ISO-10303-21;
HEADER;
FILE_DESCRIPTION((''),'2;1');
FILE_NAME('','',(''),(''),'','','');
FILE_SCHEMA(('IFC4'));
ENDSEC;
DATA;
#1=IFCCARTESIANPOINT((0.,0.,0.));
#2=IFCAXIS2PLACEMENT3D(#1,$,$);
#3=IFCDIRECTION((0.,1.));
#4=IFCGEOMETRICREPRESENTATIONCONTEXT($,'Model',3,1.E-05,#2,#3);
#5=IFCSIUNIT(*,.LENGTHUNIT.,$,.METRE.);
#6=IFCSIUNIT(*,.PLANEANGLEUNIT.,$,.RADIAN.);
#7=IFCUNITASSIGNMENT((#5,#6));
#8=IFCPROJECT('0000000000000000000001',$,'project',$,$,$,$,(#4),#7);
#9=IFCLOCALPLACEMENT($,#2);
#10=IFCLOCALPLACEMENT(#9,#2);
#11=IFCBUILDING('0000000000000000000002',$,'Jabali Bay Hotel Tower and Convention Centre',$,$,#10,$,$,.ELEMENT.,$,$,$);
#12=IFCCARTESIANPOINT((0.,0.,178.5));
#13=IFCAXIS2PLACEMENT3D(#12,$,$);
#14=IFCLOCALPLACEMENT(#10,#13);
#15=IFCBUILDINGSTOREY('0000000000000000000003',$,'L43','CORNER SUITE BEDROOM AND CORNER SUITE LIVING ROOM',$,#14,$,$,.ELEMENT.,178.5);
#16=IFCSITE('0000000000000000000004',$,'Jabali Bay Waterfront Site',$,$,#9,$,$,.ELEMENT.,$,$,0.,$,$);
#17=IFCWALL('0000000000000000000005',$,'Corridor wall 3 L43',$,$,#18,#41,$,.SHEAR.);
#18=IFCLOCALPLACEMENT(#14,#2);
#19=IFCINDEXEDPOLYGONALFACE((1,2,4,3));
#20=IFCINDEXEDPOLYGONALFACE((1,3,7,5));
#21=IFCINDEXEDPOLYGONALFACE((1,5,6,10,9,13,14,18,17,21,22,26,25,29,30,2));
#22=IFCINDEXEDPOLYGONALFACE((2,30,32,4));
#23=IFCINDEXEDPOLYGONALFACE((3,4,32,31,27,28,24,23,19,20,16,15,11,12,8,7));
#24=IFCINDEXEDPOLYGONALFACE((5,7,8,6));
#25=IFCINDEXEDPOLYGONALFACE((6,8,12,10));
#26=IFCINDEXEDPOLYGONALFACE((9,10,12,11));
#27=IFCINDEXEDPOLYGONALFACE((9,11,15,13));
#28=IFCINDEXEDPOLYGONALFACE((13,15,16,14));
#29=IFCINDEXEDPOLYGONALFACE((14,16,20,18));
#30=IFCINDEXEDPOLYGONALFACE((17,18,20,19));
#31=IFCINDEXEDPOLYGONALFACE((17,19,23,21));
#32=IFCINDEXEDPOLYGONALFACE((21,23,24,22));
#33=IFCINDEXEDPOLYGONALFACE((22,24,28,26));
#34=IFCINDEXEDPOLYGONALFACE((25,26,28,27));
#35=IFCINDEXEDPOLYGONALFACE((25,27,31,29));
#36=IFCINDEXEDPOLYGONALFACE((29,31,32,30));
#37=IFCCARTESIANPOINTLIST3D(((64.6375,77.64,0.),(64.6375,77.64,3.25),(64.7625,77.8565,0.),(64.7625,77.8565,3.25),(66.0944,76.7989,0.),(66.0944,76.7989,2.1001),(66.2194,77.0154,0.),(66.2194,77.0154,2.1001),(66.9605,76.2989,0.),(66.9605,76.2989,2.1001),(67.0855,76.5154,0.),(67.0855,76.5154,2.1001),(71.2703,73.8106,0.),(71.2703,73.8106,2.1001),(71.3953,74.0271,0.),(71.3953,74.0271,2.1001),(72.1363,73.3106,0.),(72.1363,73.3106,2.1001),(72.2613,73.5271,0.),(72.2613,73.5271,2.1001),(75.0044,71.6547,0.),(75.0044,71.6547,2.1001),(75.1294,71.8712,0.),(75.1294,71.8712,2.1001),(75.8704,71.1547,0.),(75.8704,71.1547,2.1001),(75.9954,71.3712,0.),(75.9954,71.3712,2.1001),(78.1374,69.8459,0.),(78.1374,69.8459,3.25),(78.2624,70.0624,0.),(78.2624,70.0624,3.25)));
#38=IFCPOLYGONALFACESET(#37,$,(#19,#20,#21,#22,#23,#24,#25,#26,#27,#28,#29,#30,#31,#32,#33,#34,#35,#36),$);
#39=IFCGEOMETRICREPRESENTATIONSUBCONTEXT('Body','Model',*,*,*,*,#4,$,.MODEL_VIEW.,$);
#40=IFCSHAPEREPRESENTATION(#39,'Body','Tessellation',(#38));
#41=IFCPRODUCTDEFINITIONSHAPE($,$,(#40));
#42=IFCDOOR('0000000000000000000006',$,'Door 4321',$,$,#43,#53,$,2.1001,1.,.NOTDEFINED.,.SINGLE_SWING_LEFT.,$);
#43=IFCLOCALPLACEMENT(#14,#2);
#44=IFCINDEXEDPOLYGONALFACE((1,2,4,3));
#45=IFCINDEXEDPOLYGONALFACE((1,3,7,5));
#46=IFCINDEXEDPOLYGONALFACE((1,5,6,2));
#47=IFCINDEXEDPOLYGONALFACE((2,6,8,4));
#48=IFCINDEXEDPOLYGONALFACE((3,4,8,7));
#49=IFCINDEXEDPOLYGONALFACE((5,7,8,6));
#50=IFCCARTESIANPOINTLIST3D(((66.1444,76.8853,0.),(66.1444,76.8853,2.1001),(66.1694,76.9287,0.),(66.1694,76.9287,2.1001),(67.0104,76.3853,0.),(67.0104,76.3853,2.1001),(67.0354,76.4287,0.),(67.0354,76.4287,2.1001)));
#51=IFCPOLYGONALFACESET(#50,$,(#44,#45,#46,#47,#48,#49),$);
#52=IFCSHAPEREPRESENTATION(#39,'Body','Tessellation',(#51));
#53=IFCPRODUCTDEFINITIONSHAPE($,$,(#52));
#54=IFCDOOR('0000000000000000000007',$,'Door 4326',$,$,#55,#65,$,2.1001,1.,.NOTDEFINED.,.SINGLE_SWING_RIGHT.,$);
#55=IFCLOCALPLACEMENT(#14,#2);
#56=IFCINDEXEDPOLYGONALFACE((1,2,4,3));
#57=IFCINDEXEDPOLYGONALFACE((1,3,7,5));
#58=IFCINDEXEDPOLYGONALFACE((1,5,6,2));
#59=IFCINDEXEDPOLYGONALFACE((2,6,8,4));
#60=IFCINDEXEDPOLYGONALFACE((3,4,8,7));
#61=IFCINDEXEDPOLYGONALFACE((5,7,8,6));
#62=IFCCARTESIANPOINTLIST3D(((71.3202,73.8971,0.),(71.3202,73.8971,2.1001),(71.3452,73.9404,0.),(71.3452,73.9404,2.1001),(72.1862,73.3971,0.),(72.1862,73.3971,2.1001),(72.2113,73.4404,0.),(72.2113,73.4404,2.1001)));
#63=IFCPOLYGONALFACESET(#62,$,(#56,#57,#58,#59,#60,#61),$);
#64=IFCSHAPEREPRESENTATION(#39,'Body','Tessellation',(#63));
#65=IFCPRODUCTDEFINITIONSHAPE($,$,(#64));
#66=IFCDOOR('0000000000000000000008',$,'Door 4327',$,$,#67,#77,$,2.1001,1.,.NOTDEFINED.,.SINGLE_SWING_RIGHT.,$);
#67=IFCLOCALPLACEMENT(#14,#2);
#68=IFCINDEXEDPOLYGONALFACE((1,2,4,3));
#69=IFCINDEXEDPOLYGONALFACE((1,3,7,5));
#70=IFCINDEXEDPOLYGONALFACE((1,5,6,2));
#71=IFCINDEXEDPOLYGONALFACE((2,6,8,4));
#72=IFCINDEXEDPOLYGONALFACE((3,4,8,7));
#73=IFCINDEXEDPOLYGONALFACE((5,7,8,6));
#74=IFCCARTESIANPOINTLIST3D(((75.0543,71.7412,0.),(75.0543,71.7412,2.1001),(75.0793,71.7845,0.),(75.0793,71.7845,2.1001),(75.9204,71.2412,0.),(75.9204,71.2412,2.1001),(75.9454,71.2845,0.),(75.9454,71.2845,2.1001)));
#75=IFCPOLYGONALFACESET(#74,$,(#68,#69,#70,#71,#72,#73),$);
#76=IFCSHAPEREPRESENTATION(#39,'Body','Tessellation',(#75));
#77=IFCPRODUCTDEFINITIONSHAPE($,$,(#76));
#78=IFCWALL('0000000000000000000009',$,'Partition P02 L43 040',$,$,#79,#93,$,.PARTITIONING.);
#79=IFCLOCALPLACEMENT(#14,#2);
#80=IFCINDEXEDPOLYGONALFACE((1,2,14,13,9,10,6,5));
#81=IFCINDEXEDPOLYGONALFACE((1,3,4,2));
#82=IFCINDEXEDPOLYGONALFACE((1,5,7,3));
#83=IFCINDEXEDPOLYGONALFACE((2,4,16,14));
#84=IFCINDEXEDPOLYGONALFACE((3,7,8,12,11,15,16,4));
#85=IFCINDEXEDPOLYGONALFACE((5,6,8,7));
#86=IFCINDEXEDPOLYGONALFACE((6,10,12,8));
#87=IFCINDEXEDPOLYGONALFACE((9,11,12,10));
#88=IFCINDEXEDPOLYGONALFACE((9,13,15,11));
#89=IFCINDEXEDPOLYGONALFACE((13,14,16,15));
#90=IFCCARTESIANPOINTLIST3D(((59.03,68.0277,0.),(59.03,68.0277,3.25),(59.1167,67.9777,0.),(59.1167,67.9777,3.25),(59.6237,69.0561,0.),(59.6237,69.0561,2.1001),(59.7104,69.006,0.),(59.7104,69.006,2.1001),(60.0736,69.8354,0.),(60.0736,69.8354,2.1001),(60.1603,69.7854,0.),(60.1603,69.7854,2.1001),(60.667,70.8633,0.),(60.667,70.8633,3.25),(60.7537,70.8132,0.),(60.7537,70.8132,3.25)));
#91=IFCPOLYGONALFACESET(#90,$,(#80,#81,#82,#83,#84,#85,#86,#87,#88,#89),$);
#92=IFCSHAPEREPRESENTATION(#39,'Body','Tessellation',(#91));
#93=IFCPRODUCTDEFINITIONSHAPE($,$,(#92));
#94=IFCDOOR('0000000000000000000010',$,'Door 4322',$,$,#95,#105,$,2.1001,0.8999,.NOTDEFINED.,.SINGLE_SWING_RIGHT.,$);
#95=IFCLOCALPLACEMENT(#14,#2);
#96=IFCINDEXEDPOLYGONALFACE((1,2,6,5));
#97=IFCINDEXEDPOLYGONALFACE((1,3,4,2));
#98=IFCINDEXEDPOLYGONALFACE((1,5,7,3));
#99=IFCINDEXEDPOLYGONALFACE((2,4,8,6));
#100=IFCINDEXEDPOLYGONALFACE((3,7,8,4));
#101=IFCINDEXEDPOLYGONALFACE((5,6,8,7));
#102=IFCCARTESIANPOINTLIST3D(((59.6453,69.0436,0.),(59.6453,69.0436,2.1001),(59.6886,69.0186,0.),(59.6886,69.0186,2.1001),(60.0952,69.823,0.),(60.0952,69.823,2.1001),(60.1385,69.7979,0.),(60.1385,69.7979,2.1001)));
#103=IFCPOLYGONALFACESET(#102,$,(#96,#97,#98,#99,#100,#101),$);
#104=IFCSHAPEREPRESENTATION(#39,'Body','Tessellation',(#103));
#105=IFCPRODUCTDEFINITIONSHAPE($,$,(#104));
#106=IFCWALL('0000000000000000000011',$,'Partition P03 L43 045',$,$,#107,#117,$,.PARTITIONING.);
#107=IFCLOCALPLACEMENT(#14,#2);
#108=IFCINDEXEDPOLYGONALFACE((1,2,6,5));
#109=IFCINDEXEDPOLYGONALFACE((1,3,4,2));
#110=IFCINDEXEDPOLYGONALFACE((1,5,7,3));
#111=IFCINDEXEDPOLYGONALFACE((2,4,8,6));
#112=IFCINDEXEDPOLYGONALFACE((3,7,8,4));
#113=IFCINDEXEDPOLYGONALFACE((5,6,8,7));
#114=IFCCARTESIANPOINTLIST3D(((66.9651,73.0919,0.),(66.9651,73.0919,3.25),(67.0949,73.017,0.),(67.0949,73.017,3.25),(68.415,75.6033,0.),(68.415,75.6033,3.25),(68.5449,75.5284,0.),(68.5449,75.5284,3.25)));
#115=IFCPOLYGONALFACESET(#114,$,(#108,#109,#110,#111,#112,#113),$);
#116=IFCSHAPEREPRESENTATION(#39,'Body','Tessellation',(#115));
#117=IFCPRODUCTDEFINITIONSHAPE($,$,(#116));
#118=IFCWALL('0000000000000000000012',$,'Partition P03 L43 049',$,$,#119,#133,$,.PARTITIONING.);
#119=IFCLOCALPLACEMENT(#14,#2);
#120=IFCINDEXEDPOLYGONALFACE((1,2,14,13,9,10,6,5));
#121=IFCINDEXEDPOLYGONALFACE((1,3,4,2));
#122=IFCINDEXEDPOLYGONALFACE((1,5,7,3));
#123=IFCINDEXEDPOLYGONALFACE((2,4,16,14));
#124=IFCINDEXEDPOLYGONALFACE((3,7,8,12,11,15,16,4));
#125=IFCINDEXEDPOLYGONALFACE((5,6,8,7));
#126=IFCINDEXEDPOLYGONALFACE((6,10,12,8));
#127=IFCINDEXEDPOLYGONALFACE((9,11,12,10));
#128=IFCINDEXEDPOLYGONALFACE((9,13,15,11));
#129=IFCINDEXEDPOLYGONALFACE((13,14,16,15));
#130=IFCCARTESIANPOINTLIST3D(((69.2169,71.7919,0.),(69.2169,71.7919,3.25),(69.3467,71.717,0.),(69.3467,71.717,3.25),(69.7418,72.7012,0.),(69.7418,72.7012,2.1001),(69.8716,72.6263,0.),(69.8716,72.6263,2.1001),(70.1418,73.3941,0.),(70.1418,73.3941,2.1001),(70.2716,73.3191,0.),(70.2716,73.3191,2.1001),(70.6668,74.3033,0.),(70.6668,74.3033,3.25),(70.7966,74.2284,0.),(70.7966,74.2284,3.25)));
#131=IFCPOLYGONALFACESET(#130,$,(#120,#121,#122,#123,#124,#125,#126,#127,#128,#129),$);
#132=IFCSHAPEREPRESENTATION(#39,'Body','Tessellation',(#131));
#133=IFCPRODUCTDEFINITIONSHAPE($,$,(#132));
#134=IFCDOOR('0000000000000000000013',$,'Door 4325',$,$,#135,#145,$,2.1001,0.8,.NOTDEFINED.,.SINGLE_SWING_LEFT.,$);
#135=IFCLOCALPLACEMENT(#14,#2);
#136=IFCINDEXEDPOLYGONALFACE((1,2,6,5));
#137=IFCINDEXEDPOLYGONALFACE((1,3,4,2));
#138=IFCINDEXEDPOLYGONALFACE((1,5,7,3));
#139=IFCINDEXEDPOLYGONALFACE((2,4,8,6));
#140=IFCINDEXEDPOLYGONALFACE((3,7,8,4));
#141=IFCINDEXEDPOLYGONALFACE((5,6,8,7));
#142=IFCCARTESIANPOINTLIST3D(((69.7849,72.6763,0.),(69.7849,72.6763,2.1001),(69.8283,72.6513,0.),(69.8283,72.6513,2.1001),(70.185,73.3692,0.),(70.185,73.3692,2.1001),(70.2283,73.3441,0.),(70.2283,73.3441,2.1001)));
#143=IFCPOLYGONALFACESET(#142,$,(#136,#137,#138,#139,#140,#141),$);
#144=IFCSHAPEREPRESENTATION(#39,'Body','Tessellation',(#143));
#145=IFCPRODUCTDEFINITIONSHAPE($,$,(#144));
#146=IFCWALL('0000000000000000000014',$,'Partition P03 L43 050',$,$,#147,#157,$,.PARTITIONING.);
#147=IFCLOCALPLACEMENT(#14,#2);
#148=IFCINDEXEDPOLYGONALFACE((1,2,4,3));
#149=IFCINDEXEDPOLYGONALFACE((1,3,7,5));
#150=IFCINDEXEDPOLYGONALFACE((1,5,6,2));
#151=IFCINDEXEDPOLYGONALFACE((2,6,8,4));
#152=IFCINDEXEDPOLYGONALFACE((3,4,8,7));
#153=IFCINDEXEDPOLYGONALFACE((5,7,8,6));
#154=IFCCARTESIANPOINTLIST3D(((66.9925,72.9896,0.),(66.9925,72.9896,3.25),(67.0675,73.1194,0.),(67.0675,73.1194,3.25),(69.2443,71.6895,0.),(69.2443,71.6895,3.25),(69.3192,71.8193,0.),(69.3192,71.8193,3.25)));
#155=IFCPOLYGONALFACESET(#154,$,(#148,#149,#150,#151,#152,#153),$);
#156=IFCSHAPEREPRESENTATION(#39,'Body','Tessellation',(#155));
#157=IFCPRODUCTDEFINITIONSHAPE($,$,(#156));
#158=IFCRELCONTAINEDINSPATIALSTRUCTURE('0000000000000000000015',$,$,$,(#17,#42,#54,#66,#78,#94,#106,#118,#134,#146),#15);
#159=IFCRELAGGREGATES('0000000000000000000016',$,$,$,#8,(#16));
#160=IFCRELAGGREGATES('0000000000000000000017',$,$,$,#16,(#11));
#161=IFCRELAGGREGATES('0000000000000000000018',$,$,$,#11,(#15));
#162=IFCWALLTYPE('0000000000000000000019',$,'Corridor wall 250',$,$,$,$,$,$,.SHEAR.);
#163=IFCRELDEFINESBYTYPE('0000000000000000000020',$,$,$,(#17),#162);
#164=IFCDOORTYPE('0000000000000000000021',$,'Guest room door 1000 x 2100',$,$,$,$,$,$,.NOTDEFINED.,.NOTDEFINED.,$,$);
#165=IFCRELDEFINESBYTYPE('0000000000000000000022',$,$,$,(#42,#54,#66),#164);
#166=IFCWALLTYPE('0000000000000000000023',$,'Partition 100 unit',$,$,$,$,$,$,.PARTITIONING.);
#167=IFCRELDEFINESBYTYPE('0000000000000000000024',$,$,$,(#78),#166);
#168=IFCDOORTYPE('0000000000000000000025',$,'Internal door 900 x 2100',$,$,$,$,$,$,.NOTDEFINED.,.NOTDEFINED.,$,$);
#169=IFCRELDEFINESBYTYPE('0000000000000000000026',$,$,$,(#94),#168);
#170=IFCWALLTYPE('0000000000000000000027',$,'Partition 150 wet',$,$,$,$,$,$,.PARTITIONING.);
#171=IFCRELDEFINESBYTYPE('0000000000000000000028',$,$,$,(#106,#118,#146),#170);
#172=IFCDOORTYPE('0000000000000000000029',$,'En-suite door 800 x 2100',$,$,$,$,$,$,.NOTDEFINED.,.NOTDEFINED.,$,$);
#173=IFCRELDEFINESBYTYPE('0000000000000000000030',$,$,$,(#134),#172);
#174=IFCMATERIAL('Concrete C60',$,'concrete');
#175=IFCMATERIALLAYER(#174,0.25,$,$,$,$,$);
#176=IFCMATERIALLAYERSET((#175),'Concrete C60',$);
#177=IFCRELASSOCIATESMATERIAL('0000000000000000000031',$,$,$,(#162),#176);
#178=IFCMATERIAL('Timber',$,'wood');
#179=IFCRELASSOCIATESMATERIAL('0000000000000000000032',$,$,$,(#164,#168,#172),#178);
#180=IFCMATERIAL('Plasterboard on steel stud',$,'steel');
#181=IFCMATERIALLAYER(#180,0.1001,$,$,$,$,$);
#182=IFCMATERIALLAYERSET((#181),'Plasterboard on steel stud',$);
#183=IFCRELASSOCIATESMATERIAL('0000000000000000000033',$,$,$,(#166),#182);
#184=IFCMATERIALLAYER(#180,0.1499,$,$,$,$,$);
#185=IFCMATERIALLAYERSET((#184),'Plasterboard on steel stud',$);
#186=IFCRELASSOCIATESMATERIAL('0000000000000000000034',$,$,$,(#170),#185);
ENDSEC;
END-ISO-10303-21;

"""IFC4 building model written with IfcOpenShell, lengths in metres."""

from ifc_helpers import new_model, si_unit, direction, frame, frame_2d, origin, place, context, subcontext, project, spatial, rectangle, extrude, material, layer, layer_set, type_object, element, fill, save


model = new_model("IFC4")

# Units and contexts
model_context = context("Model", 3, precision=1e-05, world=origin(), true_north=direction((0.0, 1.0)))
body_context = subcontext(model_context, "Body", "Model", "MODEL_VIEW")
ifc_project = project(units=[si_unit("LENGTHUNIT", "METRE"), si_unit("PLANEANGLEUNIT", "RADIAN")], contexts=[model_context])

# Site, building, storey
site_placement = place(None, origin())
site = spatial("IfcSite", under=ifc_project, at=site_placement, Name="Jabali Bay Waterfront Site", CompositionType="ELEMENT", RefElevation=0.0)
building_placement = place(site_placement, origin())
building = spatial("IfcBuilding", under=site, at=building_placement, Name="Jabali Bay Hotel Tower and Convention Centre", CompositionType="ELEMENT")
storey_placement = place(building_placement, frame((0.0, 0.0, 178.5)))
storey = spatial("IfcBuildingStorey", under=building, at=storey_placement, Name="L43", Description="CORNER SUITE BEDROOM AND CORNER SUITE LIVING ROOM", CompositionType="ELEMENT", Elevation=178.5)

# Shared definitions
ifc_material_1 = material(Name="Concrete C60", Category="concrete")

# Wall, openings, doors
ifc_layer_1 = layer(ifc_material_1, 0.25)
ifc_layer_set_1 = layer_set([ifc_layer_1], Name="Concrete C60")
wall_type_1 = type_object("IfcWallType", Name="Corridor wall 250", PredefinedType="SHEAR", material=ifc_layer_set_1)
wall_1_placement = place(storey_placement, frame((64.7, 77.7483, 0.0), z_axis=(0.0, 0.0, 1.0), x_axis=(0.866026, -0.499998, 0.0)))
wall_1 = element("IfcWall", 1, at=wall_1_placement, inside=storey, type_object=wall_type_1, Name="Corridor wall 3 L43", PredefinedType="SHEAR", context=body_context, shape_type="SweptSolid", body=[
    extrude(rectangle(XDim=15.5884, YDim=0.25, at=frame_2d((7.7942, 0.0))), origin(), (0.0, 0.0, 1.0), 3.25),
])
opening_1_placement = place(wall_1_placement, frame((1.6824, 0.0, 0.0)))
opening_1 = element("IfcOpeningElement", 2, at=opening_1_placement, cuts=wall_1, PredefinedType="OPENING", context=body_context, shape_type="SweptSolid", body=[
    extrude(rectangle(XDim=1.0, YDim=2.1001, at=frame_2d((0.5, 1.05))), frame((0.0, 0.1355, 0.0), z_axis=(0.0, -1.0, 0.0), x_axis=(1.0, 0.0, 0.0)), (0.0, 0.0, 1.0), 0.271),
])
opening_2_placement = place(wall_1_placement, frame((7.6589, 0.0, 0.0)))
opening_2 = element("IfcOpeningElement", 3, at=opening_2_placement, cuts=wall_1, PredefinedType="OPENING", context=body_context, shape_type="SweptSolid", body=[
    extrude(rectangle(XDim=1.0, YDim=2.1001, at=frame_2d((0.5, 1.05))), frame((0.0, 0.1355, 0.0), z_axis=(0.0, -1.0, 0.0), x_axis=(1.0, 0.0, 0.0)), (0.0, 0.0, 1.0), 0.271),
])
opening_3_placement = place(wall_1_placement, frame((11.9707, 0.0, 0.0)))
opening_3 = element("IfcOpeningElement", 4, at=opening_3_placement, cuts=wall_1, PredefinedType="OPENING", context=body_context, shape_type="SweptSolid", body=[
    extrude(rectangle(XDim=1.0, YDim=2.1001, at=frame_2d((0.5, 1.05))), frame((0.0, 0.1355, 0.0), z_axis=(0.0, -1.0, 0.0), x_axis=(1.0, 0.0, 0.0)), (0.0, 0.0, 1.0), 0.271),
])
ifc_material_2 = material(Name="Timber", Category="wood")
door_type_1 = type_object("IfcDoorType", Name="Guest room door 1000 x 2100", OperationType="NOTDEFINED", PredefinedType="NOTDEFINED", material=ifc_material_2)
door_1_placement = place(opening_1_placement, origin())
door_1 = element("IfcDoor", 5, at=door_1_placement, inside=storey, type_object=door_type_1, Name="Door 4321", OperationType="SINGLE_SWING_LEFT", OverallHeight=2.1001, OverallWidth=1.0, PredefinedType="NOTDEFINED", context=body_context, shape_type="SweptSolid", body=[
    extrude(rectangle(XDim=1.0, YDim=2.1001, at=frame_2d((0.5, 1.05))), frame((0.0, 0.0249, 0.0), z_axis=(0.0, -1.0, 0.0), x_axis=(1.0, 0.0, 0.0)), (0.0, 0.0, 1.0), 0.05),
])
fill(opening_1, door_1)
door_2_placement = place(opening_2_placement, origin())
door_2 = element("IfcDoor", 6, at=door_2_placement, inside=storey, type_object=door_type_1, Name="Door 4326", OperationType="SINGLE_SWING_RIGHT", OverallHeight=2.1001, OverallWidth=1.0, PredefinedType="NOTDEFINED", context=body_context, shape_type="SweptSolid", body=[
    extrude(rectangle(XDim=1.0, YDim=2.1001, at=frame_2d((0.5, 1.05))), frame((0.0, 0.0249, 0.0), z_axis=(0.0, -1.0, 0.0), x_axis=(1.0, 0.0, 0.0)), (0.0, 0.0, 1.0), 0.05),
])
fill(opening_2, door_2)
door_3_placement = place(opening_3_placement, origin())
door_3 = element("IfcDoor", 7, at=door_3_placement, inside=storey, type_object=door_type_1, Name="Door 4327", OperationType="SINGLE_SWING_RIGHT", OverallHeight=2.1001, OverallWidth=1.0, PredefinedType="NOTDEFINED", context=body_context, shape_type="SweptSolid", body=[
    extrude(rectangle(XDim=1.0, YDim=2.1001, at=frame_2d((0.5, 1.05))), frame((0.0, 0.0249, 0.0), z_axis=(0.0, -1.0, 0.0), x_axis=(1.0, 0.0, 0.0)), (0.0, 0.0, 1.0), 0.05),
])
fill(opening_3, door_3)

# Wall, opening, door
ifc_material_3 = material(Name="Plasterboard on steel stud", Category="steel")
ifc_layer_2 = layer(ifc_material_3, 0.1001)
ifc_layer_set_2 = layer_set([ifc_layer_2], Name="Plasterboard on steel stud")
wall_type_2 = type_object("IfcWallType", Name="Partition 100 unit", PredefinedType="PARTITIONING", material=ifc_layer_set_2)
wall_2_placement = place(storey_placement, frame((60.7104, 70.8384, 0.0), z_axis=(0.0, 0.0, 1.0), x_axis=(-0.499981, -0.866037, 0.0)))
wall_2 = element("IfcWall", 8, at=wall_2_placement, inside=storey, type_object=wall_type_2, Name="Partition P02 L43 040", PredefinedType="PARTITIONING", context=body_context, shape_type="SweptSolid", body=[
    extrude(rectangle(XDim=3.2742, YDim=0.1001, at=frame_2d((1.6372, 0.0))), origin(), (0.0, 0.0, 1.0), 3.25),
])
opening_4_placement = place(wall_2_placement, frame((1.187, 0.0, 0.0)))
opening_4 = element("IfcOpeningElement", 9, at=opening_4_placement, cuts=wall_2, PredefinedType="OPENING", context=body_context, shape_type="SweptSolid", body=[
    extrude(rectangle(XDim=0.8999, YDim=2.1001, at=frame_2d((0.45, 1.05))), frame((0.0, 0.0605, 0.0), z_axis=(0.0, -1.0, 0.0), x_axis=(1.0, 0.0, 0.0)), (0.0, 0.0, 1.0), 0.1211),
])
door_type_2 = type_object("IfcDoorType", Name="Internal door 900 x 2100", OperationType="NOTDEFINED", PredefinedType="NOTDEFINED", material=ifc_material_2)
door_4_placement = place(opening_4_placement, origin())
door_4 = element("IfcDoor", 10, at=door_4_placement, inside=storey, type_object=door_type_2, Name="Door 4322", OperationType="SINGLE_SWING_RIGHT", OverallHeight=2.1001, OverallWidth=0.8999, PredefinedType="NOTDEFINED", context=body_context, shape_type="SweptSolid", body=[
    extrude(rectangle(XDim=0.8999, YDim=2.1001, at=frame_2d((0.45, 1.05))), frame((0.0, 0.0249, 0.0), z_axis=(0.0, -1.0, 0.0), x_axis=(1.0, 0.0, 0.0)), (0.0, 0.0, 1.0), 0.05),
])
fill(opening_4, door_4)

# Wall
ifc_layer_3 = layer(ifc_material_3, 0.1499)
ifc_layer_set_3 = layer_set([ifc_layer_3], Name="Plasterboard on steel stud")
wall_type_3 = type_object("IfcWallType", Name="Partition 150 wet", PredefinedType="PARTITIONING", material=ifc_layer_set_3)
wall_3_placement = place(storey_placement, frame((67.03, 73.0544, 0.0), z_axis=(0.0, 0.0, 1.0), x_axis=(0.499987, 0.866033, 0.0)))
element("IfcWall", 11, at=wall_3_placement, inside=storey, type_object=wall_type_3, Name="Partition P03 L43 045", PredefinedType="PARTITIONING", context=body_context, shape_type="SweptSolid", body=[
    extrude(rectangle(XDim=2.8999, YDim=0.1499, at=frame_2d((1.45, 0.0))), origin(), (0.0, 0.0, 1.0), 3.25),
])

# Wall, opening, door
wall_4_placement = place(storey_placement, frame((70.7317, 74.2659, 0.0), z_axis=(0.0, 0.0, 1.0), x_axis=(-0.499987, -0.866033, 0.0)))
wall_4 = element("IfcWall", 12, at=wall_4_placement, inside=storey, type_object=wall_type_3, Name="Partition P03 L43 049", PredefinedType="PARTITIONING", context=body_context, shape_type="SweptSolid", body=[
    extrude(rectangle(XDim=2.8999, YDim=0.1499, at=frame_2d((1.45, 0.0))), origin(), (0.0, 0.0, 1.0), 3.25),
])
opening_5_placement = place(wall_4_placement, frame((1.05, 0.0, 0.0)))
opening_5 = element("IfcOpeningElement", 13, at=opening_5_placement, cuts=wall_4, PredefinedType="OPENING", context=body_context, shape_type="SweptSolid", body=[
    extrude(rectangle(XDim=0.8, YDim=2.1001, at=frame_2d((0.3999, 1.05))), frame((0.0, 0.0854, 0.0), z_axis=(0.0, -1.0, 0.0), x_axis=(1.0, 0.0, 0.0)), (0.0, 0.0, 1.0), 0.1709),
])
door_type_3 = type_object("IfcDoorType", Name="En-suite door 800 x 2100", OperationType="NOTDEFINED", PredefinedType="NOTDEFINED", material=ifc_material_2)
door_5_placement = place(opening_5_placement, origin())
door_5 = element("IfcDoor", 14, at=door_5_placement, inside=storey, type_object=door_type_3, Name="Door 4325", OperationType="SINGLE_SWING_LEFT", OverallHeight=2.1001, OverallWidth=0.8, PredefinedType="NOTDEFINED", context=body_context, shape_type="SweptSolid", body=[
    extrude(rectangle(XDim=0.8, YDim=2.1001, at=frame_2d((0.3999, 1.05))), frame((0.0, 0.0249, 0.0), z_axis=(0.0, -1.0, 0.0), x_axis=(1.0, 0.0, 0.0)), (0.0, 0.0, 1.0), 0.05),
])
fill(opening_5, door_5)

# Wall
wall_5_placement = place(storey_placement, frame((69.2817, 71.7544, 0.0), z_axis=(0.0, 0.0, 1.0), x_axis=(-0.866021, 0.500007, 0.0)))
element("IfcWall", 15, at=wall_5_placement, inside=storey, type_object=wall_type_3, Name="Partition P03 L43 050", PredefinedType="PARTITIONING", context=body_context, shape_type="SweptSolid", body=[
    extrude(rectangle(XDim=2.6001, YDim=0.1499, at=frame_2d((1.3, 0.0))), origin(), (0.0, 0.0, 1.0), 3.25),
])

save(model, "model.ifc")
